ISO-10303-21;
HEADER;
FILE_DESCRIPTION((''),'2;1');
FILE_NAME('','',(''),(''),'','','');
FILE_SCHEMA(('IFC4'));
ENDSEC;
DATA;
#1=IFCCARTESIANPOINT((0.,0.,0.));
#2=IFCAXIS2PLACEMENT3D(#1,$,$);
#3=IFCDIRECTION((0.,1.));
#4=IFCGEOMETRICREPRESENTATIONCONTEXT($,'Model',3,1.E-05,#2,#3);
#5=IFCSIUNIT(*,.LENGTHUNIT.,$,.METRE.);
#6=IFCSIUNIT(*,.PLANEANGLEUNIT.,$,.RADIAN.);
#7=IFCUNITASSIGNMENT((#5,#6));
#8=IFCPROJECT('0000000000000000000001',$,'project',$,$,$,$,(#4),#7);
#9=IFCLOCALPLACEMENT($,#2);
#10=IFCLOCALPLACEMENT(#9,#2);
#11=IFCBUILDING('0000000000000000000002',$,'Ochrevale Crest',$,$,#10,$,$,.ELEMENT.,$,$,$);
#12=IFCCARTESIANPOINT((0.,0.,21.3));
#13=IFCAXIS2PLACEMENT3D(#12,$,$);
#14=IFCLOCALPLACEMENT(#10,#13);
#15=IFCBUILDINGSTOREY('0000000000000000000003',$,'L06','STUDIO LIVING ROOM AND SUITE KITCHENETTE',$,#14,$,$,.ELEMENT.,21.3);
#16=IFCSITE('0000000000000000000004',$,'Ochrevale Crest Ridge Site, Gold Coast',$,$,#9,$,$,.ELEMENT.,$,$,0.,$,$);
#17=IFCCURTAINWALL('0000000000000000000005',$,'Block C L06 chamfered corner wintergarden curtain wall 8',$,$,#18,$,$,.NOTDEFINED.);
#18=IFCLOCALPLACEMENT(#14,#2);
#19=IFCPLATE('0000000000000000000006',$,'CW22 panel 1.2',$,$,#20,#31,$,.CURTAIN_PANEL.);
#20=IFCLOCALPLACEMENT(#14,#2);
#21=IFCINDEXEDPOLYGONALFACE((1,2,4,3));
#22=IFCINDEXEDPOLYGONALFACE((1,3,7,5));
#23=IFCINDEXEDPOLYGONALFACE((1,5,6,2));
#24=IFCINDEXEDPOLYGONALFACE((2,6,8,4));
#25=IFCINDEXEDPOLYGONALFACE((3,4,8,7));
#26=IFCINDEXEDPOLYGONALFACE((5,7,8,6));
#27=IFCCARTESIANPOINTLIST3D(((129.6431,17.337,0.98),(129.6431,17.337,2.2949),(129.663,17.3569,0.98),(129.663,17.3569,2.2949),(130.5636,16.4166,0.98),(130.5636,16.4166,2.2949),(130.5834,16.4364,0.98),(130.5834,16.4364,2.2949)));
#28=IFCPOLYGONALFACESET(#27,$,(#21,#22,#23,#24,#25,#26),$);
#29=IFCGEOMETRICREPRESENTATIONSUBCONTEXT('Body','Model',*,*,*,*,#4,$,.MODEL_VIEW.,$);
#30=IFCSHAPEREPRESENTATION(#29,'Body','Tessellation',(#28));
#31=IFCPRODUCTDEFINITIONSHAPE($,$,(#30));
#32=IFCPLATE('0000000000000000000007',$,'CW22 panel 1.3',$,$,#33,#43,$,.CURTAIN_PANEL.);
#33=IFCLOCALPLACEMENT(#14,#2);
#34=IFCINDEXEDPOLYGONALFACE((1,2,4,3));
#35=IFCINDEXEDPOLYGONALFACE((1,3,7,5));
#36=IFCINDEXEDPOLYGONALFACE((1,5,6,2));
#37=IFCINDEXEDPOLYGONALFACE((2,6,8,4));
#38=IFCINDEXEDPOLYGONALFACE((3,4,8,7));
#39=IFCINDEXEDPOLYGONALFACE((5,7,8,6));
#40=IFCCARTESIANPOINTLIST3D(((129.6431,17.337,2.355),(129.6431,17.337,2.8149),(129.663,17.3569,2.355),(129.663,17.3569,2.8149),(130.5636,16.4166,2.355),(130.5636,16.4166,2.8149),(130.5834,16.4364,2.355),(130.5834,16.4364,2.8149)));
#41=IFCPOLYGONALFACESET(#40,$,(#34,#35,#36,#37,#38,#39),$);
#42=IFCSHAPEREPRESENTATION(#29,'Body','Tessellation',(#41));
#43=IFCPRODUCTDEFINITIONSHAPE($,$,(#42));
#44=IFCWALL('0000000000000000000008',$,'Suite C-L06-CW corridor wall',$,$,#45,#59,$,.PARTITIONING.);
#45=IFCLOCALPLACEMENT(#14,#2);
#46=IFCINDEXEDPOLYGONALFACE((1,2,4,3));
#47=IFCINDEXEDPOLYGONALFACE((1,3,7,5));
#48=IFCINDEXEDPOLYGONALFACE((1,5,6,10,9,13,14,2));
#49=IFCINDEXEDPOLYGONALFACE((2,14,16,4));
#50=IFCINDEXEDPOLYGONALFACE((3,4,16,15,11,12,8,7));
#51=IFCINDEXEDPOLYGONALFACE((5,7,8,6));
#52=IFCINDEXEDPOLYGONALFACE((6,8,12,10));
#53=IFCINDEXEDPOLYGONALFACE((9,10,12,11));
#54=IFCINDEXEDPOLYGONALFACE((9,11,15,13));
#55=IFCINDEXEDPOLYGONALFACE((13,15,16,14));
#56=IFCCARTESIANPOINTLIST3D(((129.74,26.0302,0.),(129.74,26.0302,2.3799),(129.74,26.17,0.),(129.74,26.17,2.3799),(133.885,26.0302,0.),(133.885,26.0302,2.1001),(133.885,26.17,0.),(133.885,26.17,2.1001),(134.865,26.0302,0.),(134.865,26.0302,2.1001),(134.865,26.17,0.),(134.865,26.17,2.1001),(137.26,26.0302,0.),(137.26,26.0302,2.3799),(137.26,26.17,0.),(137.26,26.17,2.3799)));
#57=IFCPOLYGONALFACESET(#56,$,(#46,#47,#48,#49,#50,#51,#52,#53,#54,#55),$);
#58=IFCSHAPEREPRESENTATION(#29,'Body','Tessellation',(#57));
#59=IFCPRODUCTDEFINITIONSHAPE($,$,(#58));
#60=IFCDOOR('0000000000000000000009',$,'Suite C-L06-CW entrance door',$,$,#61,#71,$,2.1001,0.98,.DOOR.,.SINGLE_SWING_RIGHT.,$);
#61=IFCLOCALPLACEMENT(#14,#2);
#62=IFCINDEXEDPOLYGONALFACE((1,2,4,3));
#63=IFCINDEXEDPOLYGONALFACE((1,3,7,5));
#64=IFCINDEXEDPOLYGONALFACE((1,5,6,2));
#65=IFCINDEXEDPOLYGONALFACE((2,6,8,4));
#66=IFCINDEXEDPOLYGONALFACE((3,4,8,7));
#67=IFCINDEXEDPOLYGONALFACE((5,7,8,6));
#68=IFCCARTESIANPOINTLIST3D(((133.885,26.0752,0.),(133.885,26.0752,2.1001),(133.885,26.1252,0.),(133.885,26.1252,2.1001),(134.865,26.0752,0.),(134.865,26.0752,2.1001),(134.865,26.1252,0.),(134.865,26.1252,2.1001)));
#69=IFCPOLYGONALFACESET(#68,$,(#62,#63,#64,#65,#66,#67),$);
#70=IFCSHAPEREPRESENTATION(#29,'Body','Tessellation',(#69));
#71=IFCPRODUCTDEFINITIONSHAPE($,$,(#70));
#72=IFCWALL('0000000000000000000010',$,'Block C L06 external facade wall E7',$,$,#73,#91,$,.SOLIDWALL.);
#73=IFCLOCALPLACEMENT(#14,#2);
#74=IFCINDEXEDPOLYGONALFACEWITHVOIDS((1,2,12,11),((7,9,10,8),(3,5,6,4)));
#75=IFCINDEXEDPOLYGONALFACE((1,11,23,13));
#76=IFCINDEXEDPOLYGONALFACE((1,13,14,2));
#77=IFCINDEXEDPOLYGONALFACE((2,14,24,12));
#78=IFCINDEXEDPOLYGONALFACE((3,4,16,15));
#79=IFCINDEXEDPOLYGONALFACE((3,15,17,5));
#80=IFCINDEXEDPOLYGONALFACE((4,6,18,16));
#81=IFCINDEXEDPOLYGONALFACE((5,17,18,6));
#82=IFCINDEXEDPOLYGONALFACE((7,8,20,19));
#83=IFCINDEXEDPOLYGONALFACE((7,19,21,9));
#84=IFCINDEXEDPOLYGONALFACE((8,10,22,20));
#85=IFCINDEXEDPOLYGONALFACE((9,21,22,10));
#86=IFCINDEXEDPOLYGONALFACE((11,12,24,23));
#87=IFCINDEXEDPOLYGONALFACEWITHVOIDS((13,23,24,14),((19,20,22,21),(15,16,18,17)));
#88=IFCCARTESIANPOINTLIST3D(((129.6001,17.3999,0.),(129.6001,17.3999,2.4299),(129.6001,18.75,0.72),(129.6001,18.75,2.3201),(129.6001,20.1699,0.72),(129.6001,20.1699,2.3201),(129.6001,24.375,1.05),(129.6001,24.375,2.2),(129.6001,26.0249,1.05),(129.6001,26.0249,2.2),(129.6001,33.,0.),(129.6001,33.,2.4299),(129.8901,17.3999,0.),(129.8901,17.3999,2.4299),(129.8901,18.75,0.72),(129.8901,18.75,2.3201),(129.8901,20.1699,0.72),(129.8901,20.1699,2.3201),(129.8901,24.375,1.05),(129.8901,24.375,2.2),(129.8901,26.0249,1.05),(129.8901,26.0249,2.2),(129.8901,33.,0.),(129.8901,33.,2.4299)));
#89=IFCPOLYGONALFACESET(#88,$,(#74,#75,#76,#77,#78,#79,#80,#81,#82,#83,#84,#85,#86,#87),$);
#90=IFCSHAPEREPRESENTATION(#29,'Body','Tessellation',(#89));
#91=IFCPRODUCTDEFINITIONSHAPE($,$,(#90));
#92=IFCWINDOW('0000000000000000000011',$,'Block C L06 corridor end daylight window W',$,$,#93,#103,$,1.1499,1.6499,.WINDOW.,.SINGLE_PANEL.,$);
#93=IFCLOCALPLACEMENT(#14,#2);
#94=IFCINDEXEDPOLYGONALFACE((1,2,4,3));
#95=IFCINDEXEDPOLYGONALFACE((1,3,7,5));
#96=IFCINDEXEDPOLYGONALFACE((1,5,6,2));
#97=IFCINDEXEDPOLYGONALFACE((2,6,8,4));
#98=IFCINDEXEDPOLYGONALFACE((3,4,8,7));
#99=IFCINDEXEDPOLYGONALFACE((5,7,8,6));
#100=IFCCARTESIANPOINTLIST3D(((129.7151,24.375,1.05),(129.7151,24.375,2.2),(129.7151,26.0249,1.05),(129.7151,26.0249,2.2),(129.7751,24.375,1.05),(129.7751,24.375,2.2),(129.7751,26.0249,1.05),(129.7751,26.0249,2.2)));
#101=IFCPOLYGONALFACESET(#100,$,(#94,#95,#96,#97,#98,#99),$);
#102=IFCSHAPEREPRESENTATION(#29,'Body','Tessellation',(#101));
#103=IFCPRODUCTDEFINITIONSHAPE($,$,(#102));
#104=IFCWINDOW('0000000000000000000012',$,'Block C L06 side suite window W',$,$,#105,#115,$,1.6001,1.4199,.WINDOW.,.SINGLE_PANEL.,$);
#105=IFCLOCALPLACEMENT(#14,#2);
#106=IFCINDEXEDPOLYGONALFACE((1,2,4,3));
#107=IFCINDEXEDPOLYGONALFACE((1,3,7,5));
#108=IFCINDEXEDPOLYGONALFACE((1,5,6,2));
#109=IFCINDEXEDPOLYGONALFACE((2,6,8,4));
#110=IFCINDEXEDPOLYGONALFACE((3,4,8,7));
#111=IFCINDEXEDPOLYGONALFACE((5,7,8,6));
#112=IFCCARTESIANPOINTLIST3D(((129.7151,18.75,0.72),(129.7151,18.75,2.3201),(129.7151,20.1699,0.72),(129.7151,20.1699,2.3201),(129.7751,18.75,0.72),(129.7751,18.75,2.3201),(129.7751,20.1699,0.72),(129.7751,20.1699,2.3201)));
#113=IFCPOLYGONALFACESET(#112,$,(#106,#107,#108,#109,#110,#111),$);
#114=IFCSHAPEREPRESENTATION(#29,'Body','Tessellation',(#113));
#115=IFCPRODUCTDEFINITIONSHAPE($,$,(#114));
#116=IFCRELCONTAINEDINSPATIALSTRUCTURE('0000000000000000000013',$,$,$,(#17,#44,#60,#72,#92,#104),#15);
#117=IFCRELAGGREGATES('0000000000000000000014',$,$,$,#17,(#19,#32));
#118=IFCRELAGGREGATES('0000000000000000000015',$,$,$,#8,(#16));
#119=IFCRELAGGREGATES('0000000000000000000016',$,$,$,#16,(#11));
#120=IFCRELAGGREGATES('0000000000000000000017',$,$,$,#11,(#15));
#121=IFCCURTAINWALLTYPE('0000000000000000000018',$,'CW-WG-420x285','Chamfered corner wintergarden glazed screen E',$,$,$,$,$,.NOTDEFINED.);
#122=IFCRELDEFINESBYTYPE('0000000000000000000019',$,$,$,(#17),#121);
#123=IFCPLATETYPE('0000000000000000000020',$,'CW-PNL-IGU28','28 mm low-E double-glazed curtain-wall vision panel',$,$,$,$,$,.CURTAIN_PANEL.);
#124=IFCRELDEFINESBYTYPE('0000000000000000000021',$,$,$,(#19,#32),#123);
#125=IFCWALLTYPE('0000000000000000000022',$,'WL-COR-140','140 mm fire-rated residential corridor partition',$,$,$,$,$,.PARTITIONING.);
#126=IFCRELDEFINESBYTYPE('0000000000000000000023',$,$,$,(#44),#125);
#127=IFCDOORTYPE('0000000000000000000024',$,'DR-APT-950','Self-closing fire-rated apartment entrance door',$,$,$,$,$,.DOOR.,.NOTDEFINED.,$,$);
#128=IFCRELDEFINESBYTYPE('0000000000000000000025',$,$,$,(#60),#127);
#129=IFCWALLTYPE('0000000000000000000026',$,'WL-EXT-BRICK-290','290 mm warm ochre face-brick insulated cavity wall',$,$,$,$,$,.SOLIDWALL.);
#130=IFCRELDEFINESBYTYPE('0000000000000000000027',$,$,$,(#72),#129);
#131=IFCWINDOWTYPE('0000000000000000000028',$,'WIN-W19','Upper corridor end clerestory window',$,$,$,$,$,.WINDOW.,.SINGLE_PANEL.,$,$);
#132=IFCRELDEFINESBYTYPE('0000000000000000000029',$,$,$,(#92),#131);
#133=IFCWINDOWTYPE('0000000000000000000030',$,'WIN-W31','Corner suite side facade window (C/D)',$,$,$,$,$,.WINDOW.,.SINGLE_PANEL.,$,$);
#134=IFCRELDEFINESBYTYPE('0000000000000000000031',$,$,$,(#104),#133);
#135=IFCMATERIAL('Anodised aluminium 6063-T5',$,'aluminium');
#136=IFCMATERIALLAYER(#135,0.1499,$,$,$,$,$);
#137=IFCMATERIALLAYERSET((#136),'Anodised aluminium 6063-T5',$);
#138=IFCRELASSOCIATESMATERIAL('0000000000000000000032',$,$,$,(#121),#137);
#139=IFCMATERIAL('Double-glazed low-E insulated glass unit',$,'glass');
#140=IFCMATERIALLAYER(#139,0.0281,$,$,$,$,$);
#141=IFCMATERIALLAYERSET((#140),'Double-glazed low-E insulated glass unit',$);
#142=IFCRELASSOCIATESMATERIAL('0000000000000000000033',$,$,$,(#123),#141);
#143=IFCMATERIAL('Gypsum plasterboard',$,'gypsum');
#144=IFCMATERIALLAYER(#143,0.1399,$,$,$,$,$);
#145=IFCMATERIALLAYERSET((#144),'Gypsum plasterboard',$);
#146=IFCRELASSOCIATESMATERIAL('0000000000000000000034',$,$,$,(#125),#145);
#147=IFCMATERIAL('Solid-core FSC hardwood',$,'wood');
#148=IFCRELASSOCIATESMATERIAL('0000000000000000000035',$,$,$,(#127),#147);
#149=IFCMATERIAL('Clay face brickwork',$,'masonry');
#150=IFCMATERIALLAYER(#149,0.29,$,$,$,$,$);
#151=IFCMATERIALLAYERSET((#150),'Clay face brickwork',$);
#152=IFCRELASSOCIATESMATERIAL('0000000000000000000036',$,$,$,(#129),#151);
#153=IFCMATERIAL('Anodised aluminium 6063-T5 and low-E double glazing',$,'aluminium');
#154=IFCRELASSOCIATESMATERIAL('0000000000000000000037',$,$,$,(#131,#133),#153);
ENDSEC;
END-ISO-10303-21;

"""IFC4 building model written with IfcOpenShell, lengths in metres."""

from ifc_helpers import new_model, si_unit, direction, frame, frame_2d, origin, origin_2d, place, context, subcontext, project, spatial, rectangle, extrude, material, layer, layer_set, type_object, element, fill, aggregate, save


model = new_model("IFC4")

# Units and contexts
model_context = context("Model", 3, precision=1e-05, world=origin(), true_north=direction((0.0, 1.0)))
body_context = subcontext(model_context, "Body", "Model", "MODEL_VIEW")
ifc_project = project(units=[si_unit("LENGTHUNIT", "METRE"), si_unit("PLANEANGLEUNIT", "RADIAN")], contexts=[model_context])

# Site, building, storey
site_placement = place(None, origin())
site = spatial("IfcSite", under=ifc_project, at=site_placement, Name="Ochrevale Crest Ridge Site, Gold Coast", CompositionType="ELEMENT", RefElevation=0.0)
building_placement = place(site_placement, origin())
building = spatial("IfcBuilding", under=site, at=building_placement, Name="Ochrevale Crest", CompositionType="ELEMENT")
storey_placement = place(building_placement, frame((0.0, 0.0, 21.3)))
storey = spatial("IfcBuildingStorey", under=building, at=storey_placement, Name="L06", Description="STUDIO LIVING ROOM AND SUITE KITCHENETTE", CompositionType="ELEMENT", Elevation=21.3)

# Curtain wall
ifc_material_1 = material(Name="Anodised aluminium 6063-T5", Category="aluminium")
ifc_layer_1 = layer(ifc_material_1, 0.1499)
ifc_layer_set_1 = layer_set([ifc_layer_1], Name="Anodised aluminium 6063-T5")
curtain_wall_type_1 = type_object("IfcCurtainWallType", Name="CW-WG-420x285", Description="Chamfered corner wintergarden glazed screen E", PredefinedType="NOTDEFINED", material=ifc_layer_set_1)
curtain_wall_1_placement = place(storey_placement, origin())
curtain_wall_1 = element("IfcCurtainWall", 1, at=curtain_wall_1_placement, inside=storey, type_object=curtain_wall_type_1, Name="Block C L06 chamfered corner wintergarden curtain wall 8", PredefinedType="NOTDEFINED")

# Plates
ifc_material_2 = material(Name="Double-glazed low-E insulated glass unit", Category="glass")
ifc_layer_2 = layer(ifc_material_2, 0.0281)
ifc_layer_set_2 = layer_set([ifc_layer_2], Name="Double-glazed low-E insulated glass unit")
plate_type = type_object("IfcPlateType", Name="CW-PNL-IGU28", Description="28 mm low-E double-glazed curtain-wall vision panel", PredefinedType="CURTAIN_PANEL", material=ifc_layer_set_2)
plate_1_placement = place(storey_placement, frame((130.1133, 16.8867, 0.98), z_axis=(0.0, 0.0, 1.0), x_axis=(0.707107, -0.707107, 0.0)))
plate_1 = element("IfcPlate", 2, at=plate_1_placement, type_object=plate_type, Name="CW22 panel 1.2", PredefinedType="CURTAIN_PANEL", context=body_context, shape_type="SweptSolid", body=[
    extrude(rectangle(XDim=1.3018, YDim=0.0281, at=origin_2d()), origin(), (0.0, 0.0, 1.0), 1.3149),
])
plate_2_placement = place(storey_placement, frame((130.1133, 16.8867, 2.355), z_axis=(0.0, 0.0, 1.0), x_axis=(0.707107, -0.707107, 0.0)))
plate_2 = element("IfcPlate", 3, at=plate_2_placement, type_object=plate_type, Name="CW22 panel 1.3", PredefinedType="CURTAIN_PANEL", context=body_context, shape_type="SweptSolid", body=[
    extrude(rectangle(XDim=1.3018, YDim=0.0281, at=origin_2d()), origin(), (0.0, 0.0, 1.0), 0.46),
])
aggregate(curtain_wall_1, [plate_1, plate_2])

# Wall, opening, door
ifc_material_3 = material(Name="Gypsum plasterboard", Category="gypsum")
ifc_layer_3 = layer(ifc_material_3, 0.1399)
ifc_layer_set_3 = layer_set([ifc_layer_3], Name="Gypsum plasterboard")
wall_type_1 = type_object("IfcWallType", Name="WL-COR-140", Description="140 mm fire-rated residential corridor partition", PredefinedType="PARTITIONING", material=ifc_layer_set_3)
wall_1_placement = place(storey_placement, frame((129.74, 26.1001, 0.0), z_axis=(0.0, 0.0, 1.0), x_axis=(1.0, 0.0, 0.0)))
wall_1 = element("IfcWall", 4, at=wall_1_placement, inside=storey, type_object=wall_type_1, Name="Suite C-L06-CW corridor wall", PredefinedType="PARTITIONING", context=body_context, shape_type="SweptSolid", body=[
    extrude(rectangle(XDim=7.52, YDim=0.1399, at=frame_2d((3.76, 0.0))), origin(), (0.0, 0.0, 1.0), 2.3799),
])
opening_1_placement = place(wall_1_placement, frame((5.125, 0.0, 0.0), z_axis=(0.0, 0.0, 1.0), x_axis=(-1.0, 0.0, 0.0)))
opening_1 = element("IfcOpeningElement", 5, at=opening_1_placement, cuts=wall_1, PredefinedType="OPENING", context=body_context, shape_type="SweptSolid", body=[
    extrude(rectangle(XDim=0.98, YDim=2.1001, at=frame_2d((0.49, 1.05))), frame((0.0, 0.0801, 0.0), z_axis=(0.0, -1.0, 0.0), x_axis=(1.0, 0.0, 0.0)), (0.0, 0.0, 1.0), 0.1599),
])
ifc_material_4 = material(Name="Solid-core FSC hardwood", Category="wood")
door_type_1 = type_object("IfcDoorType", Name="DR-APT-950", Description="Self-closing fire-rated apartment entrance door", OperationType="NOTDEFINED", PredefinedType="DOOR", material=ifc_material_4)
door_1_placement = place(opening_1_placement, origin())
door_1 = element("IfcDoor", 6, at=door_1_placement, inside=storey, type_object=door_type_1, Name="Suite C-L06-CW entrance door", OperationType="SINGLE_SWING_RIGHT", OverallHeight=2.1001, OverallWidth=0.98, PredefinedType="DOOR", context=body_context, shape_type="SweptSolid", body=[
    extrude(rectangle(XDim=0.98, YDim=2.1001, at=frame_2d((0.49, 1.05))), frame((0.0, 0.0249, 0.0), z_axis=(0.0, -1.0, 0.0), x_axis=(1.0, 0.0, 0.0)), (0.0, 0.0, 1.0), 0.05),
])
fill(opening_1, door_1)

# Wall, openings, windows
ifc_material_5 = material(Name="Clay face brickwork", Category="masonry")
ifc_layer_4 = layer(ifc_material_5, 0.29)
ifc_layer_set_4 = layer_set([ifc_layer_4], Name="Clay face brickwork")
wall_type_2 = type_object("IfcWallType", Name="WL-EXT-BRICK-290", Description="290 mm warm ochre face-brick insulated cavity wall", PredefinedType="SOLIDWALL", material=ifc_layer_set_4)
wall_2_placement = place(storey_placement, frame((129.7451, 33.0, 0.0), z_axis=(0.0, 0.0, 1.0), x_axis=(0.0, -1.0, 0.0)))
wall_2 = element("IfcWall", 7, at=wall_2_placement, inside=storey, type_object=wall_type_2, Name="Block C L06 external facade wall E7", PredefinedType="SOLIDWALL", context=body_context, shape_type="SweptSolid", body=[
    extrude(rectangle(XDim=15.6001, YDim=0.29, at=frame_2d((7.8, 0.0))), origin(), (0.0, 0.0, 1.0), 2.4299),
])
opening_2_placement = place(wall_2_placement, frame((6.9751, 0.0, 1.05)))
opening_2 = element("IfcOpeningElement", 8, at=opening_2_placement, cuts=wall_2, PredefinedType="OPENING", context=body_context, shape_type="SweptSolid", body=[
    extrude(rectangle(XDim=1.6499, YDim=1.1499, at=frame_2d((0.825, 0.575))), frame((0.0, 0.155, 0.0), z_axis=(0.0, -1.0, 0.0), x_axis=(1.0, 0.0, 0.0)), (0.0, 0.0, 1.0), 0.3101),
])
opening_3_placement = place(wall_2_placement, frame((12.8301, 0.0, 0.72)))
opening_3 = element("IfcOpeningElement", 9, at=opening_3_placement, cuts=wall_2, PredefinedType="OPENING", context=body_context, shape_type="SweptSolid", body=[
    extrude(rectangle(XDim=1.4199, YDim=1.6001, at=frame_2d((0.71, 0.8))), frame((0.0, 0.155, 0.0), z_axis=(0.0, -1.0, 0.0), x_axis=(1.0, 0.0, 0.0)), (0.0, 0.0, 1.0), 0.3101),
])
ifc_material_6 = material(Name="Anodised aluminium 6063-T5 and low-E double glazing", Category="aluminium")
window_type_1 = type_object("IfcWindowType", Name="WIN-W19", Description="Upper corridor end clerestory window", PartitioningType="SINGLE_PANEL", PredefinedType="WINDOW", material=ifc_material_6)
window_1_placement = place(opening_2_placement, origin())
window_1 = element("IfcWindow", 10, at=window_1_placement, inside=storey, type_object=window_type_1, Name="Block C L06 corridor end daylight window W", OverallHeight=1.1499, OverallWidth=1.6499, PartitioningType="SINGLE_PANEL", PredefinedType="WINDOW", context=body_context, shape_type="SweptSolid", body=[
    extrude(rectangle(XDim=1.6499, YDim=1.1499, at=frame_2d((0.825, 0.575))), frame((0.0, 0.03, 0.0), z_axis=(0.0, -1.0, 0.0), x_axis=(1.0, 0.0, 0.0)), (0.0, 0.0, 1.0), 0.0601),
])
fill(opening_2, window_1)
window_type_2 = type_object("IfcWindowType", Name="WIN-W31", Description="Corner suite side facade window (C/D)", PartitioningType="SINGLE_PANEL", PredefinedType="WINDOW", material=ifc_material_6)
window_2_placement = place(opening_3_placement, origin())
window_2 = element("IfcWindow", 11, at=window_2_placement, inside=storey, type_object=window_type_2, Name="Block C L06 side suite window W", OverallHeight=1.6001, OverallWidth=1.4199, PartitioningType="SINGLE_PANEL", PredefinedType="WINDOW", context=body_context, shape_type="SweptSolid", body=[
    extrude(rectangle(XDim=1.4199, YDim=1.6001, at=frame_2d((0.71, 0.8))), frame((0.0, 0.03, 0.0), z_axis=(0.0, -1.0, 0.0), x_axis=(1.0, 0.0, 0.0)), (0.0, 0.0, 1.0), 0.0601),
])
fill(opening_3, window_2)

save(model, "model.ifc")
